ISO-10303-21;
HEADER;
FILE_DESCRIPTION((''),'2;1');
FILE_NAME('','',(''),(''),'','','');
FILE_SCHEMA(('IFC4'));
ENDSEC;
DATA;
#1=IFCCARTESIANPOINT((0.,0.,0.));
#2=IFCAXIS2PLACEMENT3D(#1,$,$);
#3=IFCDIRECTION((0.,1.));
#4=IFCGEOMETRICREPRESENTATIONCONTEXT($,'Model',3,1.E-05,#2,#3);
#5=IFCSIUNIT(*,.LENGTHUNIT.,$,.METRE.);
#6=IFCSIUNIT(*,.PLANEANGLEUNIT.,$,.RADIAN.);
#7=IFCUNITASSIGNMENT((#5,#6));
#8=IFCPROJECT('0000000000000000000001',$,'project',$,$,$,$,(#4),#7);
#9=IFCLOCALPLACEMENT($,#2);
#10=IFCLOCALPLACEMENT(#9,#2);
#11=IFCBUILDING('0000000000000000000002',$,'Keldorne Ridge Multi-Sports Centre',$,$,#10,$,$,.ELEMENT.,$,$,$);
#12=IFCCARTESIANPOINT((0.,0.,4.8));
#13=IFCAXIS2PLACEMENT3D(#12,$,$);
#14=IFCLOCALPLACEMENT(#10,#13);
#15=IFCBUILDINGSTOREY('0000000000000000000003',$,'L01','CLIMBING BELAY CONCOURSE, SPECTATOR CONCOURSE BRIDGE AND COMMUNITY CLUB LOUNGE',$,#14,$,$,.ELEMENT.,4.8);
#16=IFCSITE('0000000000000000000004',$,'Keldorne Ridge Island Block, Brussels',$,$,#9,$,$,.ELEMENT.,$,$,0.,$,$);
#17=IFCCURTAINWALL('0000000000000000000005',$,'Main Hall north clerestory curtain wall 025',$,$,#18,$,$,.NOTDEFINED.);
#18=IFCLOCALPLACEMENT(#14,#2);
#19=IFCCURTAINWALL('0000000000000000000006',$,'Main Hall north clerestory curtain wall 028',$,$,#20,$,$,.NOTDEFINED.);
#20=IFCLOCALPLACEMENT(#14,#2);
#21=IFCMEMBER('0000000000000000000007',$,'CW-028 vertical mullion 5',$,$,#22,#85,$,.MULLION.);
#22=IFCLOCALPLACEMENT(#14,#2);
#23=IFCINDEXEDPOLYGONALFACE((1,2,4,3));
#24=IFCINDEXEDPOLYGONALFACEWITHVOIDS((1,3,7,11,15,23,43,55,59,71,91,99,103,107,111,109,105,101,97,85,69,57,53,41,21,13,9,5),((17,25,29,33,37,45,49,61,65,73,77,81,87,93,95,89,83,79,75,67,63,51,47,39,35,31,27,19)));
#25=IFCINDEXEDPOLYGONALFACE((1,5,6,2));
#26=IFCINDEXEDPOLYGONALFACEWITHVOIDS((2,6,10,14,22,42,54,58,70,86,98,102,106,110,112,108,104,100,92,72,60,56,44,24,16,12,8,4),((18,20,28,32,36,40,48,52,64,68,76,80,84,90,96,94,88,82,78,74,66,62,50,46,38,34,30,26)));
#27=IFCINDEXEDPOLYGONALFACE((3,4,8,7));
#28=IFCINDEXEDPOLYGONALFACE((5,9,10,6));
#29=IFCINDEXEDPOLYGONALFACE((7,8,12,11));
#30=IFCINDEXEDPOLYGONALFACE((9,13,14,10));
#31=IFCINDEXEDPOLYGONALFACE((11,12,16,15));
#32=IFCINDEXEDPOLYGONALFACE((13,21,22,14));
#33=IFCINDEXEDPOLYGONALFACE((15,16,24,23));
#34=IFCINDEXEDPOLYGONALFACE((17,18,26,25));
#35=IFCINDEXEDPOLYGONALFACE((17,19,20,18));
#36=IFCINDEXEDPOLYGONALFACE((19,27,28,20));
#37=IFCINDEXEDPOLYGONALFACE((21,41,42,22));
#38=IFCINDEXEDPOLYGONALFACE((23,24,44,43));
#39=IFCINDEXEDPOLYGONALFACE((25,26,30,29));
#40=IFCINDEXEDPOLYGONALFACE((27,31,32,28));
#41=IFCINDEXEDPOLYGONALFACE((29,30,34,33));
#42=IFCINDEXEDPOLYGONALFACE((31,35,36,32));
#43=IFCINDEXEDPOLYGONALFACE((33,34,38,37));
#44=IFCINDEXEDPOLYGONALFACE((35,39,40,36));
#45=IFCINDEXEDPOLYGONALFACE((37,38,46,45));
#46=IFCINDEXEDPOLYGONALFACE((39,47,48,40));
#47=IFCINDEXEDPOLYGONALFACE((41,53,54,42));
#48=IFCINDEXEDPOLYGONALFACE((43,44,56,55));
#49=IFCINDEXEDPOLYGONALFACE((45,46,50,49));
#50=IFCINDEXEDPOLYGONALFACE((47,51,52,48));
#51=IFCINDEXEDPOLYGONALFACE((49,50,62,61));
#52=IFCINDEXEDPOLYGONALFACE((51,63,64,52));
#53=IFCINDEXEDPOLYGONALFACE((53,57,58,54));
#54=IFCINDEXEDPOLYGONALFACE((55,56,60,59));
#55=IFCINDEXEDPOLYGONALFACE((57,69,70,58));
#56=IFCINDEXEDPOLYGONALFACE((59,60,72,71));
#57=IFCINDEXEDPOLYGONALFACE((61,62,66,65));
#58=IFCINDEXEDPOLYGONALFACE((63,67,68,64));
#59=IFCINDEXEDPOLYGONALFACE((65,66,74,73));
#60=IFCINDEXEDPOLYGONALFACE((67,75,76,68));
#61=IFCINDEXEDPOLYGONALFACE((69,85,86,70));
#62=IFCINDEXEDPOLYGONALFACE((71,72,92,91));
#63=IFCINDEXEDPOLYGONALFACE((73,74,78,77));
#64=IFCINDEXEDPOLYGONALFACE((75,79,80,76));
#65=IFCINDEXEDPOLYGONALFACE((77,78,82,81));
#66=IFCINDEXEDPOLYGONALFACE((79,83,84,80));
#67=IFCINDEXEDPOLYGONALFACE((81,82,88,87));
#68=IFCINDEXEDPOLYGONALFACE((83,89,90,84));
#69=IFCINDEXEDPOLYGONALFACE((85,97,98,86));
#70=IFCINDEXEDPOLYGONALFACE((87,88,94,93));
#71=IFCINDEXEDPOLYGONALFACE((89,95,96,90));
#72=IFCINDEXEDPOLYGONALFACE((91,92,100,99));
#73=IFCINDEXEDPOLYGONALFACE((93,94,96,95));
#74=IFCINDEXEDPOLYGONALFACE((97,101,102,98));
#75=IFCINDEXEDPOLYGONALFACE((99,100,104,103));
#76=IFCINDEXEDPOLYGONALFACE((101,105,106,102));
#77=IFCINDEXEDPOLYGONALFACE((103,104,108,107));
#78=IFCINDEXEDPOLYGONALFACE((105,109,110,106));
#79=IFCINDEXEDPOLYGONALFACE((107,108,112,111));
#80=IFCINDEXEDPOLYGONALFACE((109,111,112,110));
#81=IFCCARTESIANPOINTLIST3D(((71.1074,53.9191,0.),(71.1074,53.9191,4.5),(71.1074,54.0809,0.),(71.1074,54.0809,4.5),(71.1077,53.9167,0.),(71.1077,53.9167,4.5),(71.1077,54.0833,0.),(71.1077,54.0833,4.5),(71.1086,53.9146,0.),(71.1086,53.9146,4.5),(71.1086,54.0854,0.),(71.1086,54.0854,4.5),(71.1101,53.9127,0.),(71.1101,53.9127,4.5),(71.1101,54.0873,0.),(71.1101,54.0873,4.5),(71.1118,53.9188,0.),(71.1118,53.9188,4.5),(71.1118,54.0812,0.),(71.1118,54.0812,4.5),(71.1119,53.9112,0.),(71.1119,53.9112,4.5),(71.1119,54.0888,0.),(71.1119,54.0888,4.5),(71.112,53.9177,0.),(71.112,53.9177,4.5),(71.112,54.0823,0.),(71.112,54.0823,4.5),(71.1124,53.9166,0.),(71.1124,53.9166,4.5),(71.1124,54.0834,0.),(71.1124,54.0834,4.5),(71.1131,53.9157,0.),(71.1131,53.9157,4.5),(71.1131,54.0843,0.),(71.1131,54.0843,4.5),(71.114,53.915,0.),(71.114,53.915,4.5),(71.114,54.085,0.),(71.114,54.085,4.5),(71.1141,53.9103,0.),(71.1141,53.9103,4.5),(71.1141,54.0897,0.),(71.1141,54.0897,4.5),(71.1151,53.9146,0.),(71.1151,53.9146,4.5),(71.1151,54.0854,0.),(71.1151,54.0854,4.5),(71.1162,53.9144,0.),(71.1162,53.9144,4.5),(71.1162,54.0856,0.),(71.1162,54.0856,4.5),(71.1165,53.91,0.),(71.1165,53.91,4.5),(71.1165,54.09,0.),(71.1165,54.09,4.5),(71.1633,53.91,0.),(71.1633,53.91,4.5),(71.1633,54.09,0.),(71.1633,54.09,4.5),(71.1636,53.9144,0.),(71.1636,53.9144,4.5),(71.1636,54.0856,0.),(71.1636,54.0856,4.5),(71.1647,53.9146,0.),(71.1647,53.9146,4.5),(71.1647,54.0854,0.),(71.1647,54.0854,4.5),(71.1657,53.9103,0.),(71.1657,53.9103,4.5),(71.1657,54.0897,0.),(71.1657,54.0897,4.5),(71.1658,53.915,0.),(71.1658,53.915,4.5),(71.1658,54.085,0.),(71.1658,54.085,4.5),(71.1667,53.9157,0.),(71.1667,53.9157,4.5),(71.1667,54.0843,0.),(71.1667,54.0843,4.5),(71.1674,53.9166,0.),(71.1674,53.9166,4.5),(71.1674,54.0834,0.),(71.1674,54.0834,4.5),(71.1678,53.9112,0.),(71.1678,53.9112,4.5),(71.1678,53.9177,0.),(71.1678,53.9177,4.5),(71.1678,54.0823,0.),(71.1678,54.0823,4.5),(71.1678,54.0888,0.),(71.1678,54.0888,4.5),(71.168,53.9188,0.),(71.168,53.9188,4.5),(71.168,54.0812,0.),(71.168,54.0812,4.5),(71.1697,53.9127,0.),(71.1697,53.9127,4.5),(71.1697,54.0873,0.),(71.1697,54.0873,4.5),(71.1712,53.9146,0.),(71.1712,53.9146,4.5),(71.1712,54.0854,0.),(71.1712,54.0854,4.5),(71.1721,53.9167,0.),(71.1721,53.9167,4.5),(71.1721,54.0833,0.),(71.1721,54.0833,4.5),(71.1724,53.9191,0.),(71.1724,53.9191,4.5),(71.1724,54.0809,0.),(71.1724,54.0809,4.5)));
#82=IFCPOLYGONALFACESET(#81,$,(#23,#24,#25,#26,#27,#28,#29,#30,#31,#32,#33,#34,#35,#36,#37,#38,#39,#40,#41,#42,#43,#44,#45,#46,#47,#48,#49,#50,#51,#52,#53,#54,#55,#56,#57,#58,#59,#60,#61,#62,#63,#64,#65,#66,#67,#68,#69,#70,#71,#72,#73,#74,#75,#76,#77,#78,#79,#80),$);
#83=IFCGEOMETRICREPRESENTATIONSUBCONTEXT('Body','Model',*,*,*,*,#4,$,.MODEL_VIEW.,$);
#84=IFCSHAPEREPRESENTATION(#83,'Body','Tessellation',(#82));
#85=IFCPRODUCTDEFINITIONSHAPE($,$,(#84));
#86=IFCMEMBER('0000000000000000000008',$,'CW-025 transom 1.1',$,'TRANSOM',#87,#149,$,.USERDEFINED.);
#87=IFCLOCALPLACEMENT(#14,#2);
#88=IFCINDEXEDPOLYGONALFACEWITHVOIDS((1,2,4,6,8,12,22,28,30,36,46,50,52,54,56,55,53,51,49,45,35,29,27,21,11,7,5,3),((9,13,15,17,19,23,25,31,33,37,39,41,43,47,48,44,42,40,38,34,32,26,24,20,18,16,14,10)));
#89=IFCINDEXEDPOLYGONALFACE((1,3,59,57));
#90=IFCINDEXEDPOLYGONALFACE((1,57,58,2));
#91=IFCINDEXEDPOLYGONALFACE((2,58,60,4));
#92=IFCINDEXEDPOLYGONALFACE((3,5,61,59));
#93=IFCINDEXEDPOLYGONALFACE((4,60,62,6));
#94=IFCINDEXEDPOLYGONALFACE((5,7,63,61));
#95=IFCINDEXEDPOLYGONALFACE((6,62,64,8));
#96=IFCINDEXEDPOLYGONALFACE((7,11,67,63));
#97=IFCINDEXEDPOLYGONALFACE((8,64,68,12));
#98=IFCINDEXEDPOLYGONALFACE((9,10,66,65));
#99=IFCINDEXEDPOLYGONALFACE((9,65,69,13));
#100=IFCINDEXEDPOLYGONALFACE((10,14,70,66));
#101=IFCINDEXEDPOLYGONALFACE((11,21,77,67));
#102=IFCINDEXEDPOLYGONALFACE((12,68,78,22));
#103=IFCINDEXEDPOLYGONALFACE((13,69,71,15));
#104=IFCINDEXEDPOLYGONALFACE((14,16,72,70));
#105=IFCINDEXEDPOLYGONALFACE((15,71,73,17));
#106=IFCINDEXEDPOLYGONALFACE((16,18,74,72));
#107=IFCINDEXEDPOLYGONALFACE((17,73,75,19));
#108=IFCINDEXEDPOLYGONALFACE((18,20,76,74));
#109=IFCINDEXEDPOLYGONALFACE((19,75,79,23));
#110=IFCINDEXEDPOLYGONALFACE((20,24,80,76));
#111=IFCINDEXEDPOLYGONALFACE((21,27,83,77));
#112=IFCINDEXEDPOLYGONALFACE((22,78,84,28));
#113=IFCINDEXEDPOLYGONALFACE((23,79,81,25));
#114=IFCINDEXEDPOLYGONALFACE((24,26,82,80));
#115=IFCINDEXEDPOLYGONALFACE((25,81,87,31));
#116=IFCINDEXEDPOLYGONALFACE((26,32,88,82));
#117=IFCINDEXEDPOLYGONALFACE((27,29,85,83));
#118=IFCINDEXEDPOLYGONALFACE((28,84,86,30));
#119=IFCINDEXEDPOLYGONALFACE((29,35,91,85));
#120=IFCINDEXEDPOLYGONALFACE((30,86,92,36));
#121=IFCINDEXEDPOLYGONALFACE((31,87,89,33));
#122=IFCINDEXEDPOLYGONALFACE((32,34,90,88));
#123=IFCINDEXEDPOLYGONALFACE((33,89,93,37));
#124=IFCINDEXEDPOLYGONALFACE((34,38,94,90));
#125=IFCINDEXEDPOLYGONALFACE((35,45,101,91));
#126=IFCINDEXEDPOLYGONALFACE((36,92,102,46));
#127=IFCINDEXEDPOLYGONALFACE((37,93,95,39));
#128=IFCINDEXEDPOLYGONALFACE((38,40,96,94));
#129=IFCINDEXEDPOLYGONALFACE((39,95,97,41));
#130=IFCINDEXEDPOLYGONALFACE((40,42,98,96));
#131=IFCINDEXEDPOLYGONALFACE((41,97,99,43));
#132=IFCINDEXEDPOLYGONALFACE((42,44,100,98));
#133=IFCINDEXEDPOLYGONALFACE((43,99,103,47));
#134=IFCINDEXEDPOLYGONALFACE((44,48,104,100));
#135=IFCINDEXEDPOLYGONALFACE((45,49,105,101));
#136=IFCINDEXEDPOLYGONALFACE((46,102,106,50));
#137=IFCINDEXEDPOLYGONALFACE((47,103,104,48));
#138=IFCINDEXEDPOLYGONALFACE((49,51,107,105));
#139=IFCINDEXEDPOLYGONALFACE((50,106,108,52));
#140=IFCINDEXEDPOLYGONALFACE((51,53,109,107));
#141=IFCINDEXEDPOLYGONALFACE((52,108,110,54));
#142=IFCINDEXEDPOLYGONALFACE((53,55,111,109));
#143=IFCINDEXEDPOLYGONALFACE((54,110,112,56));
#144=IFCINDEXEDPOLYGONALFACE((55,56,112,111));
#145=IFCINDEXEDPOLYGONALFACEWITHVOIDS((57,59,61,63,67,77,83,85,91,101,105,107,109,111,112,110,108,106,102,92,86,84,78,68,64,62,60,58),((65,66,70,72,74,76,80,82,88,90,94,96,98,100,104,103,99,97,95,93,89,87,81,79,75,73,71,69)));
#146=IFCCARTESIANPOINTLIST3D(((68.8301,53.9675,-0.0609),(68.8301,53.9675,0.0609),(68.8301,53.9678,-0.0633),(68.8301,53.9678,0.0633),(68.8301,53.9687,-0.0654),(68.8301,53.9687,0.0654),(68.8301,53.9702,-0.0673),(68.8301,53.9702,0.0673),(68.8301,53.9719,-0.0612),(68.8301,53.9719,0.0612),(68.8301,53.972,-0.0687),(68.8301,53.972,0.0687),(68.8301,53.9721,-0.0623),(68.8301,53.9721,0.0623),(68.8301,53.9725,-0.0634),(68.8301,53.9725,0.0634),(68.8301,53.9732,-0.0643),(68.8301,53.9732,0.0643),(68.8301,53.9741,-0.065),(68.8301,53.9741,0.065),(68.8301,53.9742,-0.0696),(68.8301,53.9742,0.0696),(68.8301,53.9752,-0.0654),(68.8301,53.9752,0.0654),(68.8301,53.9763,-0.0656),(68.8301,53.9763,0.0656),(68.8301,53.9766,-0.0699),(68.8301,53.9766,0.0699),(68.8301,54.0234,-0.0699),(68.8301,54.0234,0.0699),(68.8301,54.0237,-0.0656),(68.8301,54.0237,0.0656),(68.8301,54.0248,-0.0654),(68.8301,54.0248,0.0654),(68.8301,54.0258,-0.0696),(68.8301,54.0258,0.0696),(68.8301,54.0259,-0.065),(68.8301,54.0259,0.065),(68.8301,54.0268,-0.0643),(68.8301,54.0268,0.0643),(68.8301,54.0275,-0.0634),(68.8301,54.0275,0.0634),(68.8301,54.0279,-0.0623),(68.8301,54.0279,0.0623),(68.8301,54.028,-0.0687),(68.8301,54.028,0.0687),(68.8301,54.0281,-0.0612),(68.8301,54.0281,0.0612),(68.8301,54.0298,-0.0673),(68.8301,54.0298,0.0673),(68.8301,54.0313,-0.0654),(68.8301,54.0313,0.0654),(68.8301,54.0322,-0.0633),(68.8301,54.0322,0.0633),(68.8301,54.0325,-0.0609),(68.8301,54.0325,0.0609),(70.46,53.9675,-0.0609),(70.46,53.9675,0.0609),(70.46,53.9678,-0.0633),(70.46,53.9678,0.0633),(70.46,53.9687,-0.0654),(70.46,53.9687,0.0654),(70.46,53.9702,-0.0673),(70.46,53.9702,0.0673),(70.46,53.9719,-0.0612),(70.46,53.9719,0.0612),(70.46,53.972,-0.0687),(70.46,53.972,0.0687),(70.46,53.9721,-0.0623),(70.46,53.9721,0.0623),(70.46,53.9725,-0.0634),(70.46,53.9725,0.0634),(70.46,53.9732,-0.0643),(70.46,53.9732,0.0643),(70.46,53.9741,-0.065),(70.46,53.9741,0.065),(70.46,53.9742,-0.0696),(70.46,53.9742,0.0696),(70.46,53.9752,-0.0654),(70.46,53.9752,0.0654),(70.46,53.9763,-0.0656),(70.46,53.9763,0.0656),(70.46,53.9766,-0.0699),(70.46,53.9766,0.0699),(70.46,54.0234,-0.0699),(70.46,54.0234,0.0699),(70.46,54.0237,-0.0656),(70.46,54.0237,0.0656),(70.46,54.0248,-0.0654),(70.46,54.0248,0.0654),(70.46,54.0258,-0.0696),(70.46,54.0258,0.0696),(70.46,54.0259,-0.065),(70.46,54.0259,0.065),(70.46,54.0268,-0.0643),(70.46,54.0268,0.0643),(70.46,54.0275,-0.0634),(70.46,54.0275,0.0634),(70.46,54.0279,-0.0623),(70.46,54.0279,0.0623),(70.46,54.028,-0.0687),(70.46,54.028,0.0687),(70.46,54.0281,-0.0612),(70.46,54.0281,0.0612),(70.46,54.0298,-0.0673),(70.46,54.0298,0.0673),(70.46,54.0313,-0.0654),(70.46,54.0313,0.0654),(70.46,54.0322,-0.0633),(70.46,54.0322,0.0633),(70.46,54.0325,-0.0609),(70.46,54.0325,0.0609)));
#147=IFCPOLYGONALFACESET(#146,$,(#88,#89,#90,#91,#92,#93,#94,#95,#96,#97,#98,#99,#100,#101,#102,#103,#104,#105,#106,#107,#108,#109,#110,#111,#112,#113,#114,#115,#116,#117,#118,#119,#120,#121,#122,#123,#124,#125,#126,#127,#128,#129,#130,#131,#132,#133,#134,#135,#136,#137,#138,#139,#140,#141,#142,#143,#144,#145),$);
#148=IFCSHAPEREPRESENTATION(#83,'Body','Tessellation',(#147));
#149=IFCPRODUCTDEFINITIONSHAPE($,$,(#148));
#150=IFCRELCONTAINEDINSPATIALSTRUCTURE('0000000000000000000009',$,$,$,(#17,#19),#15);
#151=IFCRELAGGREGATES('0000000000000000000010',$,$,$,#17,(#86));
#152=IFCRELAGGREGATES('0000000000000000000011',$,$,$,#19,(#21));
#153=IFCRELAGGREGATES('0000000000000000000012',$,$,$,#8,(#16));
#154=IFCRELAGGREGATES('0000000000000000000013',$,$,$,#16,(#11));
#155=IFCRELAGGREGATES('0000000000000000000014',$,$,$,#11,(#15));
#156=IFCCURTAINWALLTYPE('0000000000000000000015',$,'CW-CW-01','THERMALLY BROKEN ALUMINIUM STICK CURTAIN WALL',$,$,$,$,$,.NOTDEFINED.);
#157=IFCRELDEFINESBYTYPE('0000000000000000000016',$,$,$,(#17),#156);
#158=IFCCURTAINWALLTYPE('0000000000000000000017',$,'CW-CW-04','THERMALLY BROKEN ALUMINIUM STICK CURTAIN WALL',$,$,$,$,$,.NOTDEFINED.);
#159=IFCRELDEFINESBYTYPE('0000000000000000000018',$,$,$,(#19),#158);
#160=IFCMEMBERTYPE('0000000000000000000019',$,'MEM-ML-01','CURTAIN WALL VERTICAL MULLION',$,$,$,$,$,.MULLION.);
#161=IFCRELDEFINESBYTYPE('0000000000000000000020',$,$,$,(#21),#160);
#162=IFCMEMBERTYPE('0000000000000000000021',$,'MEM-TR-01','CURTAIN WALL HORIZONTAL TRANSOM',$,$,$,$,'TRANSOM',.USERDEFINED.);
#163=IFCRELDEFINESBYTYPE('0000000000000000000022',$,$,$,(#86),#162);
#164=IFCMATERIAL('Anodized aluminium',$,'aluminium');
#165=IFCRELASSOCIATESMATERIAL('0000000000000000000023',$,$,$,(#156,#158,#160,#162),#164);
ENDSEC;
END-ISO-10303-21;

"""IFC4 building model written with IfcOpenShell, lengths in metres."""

from ifc_helpers import new_model, si_unit, direction, frame, origin, origin_2d, place, context, subcontext, project, spatial, hollow_rectangle, extrude, material, material_profile, profile_set, type_object, element, aggregate, save


model = new_model("IFC4")

# Units and contexts
model_context = context("Model", 3, precision=1e-05, world=origin(), true_north=direction((0.0, 1.0)))
body_context = subcontext(model_context, "Body", "Model", "MODEL_VIEW")
ifc_project = project(units=[si_unit("LENGTHUNIT", "METRE"), si_unit("PLANEANGLEUNIT", "RADIAN")], contexts=[model_context])

# Site, building, storey
site_placement = place(None, origin())
site = spatial("IfcSite", under=ifc_project, at=site_placement, Name="Keldorne Ridge Island Block, Brussels", CompositionType="ELEMENT", RefElevation=0.0)
building_placement = place(site_placement, origin())
building = spatial("IfcBuilding", under=site, at=building_placement, Name="Keldorne Ridge Multi-Sports Centre", CompositionType="ELEMENT")
storey_placement = place(building_placement, frame((0.0, 0.0, 4.8)))
storey = spatial("IfcBuildingStorey", under=building, at=storey_placement, Name="L01", Description="CLIMBING BELAY CONCOURSE, SPECTATOR CONCOURSE BRIDGE AND COMMUNITY CLUB LOUNGE", CompositionType="ELEMENT", Elevation=4.8)

# Curtain walls, member
ifc_material_1 = material(Name="Anodized aluminium", Category="aluminium")
curtain_wall_type_1 = type_object("IfcCurtainWallType", Name="CW-CW-01", Description="THERMALLY BROKEN ALUMINIUM STICK CURTAIN WALL", PredefinedType="NOTDEFINED", material=ifc_material_1)
curtain_wall_1_placement = place(storey_placement, origin())
curtain_wall_1 = element("IfcCurtainWall", 1, at=curtain_wall_1_placement, inside=storey, type_object=curtain_wall_type_1, Name="Main Hall north clerestory curtain wall 025", PredefinedType="NOTDEFINED")
ifc_material_profile_1 = material_profile(ifc_material_1, hollow_rectangle(XDim=0.0649, YDim=0.1799, WallThickness=0.0044, InnerFilletRadius=0.0044, OuterFilletRadius=0.009, at=origin_2d()), Name="ALU MULLION 180x65x4.5")
ifc_profile_set_1 = profile_set([ifc_material_profile_1], Name="Anodized aluminium")
member_type_1 = type_object("IfcMemberType", Name="MEM-ML-01", Description="CURTAIN WALL VERTICAL MULLION", PredefinedType="MULLION", material=ifc_profile_set_1)
curtain_wall_type_2 = type_object("IfcCurtainWallType", Name="CW-CW-04", Description="THERMALLY BROKEN ALUMINIUM STICK CURTAIN WALL", PredefinedType="NOTDEFINED", material=ifc_material_1)
curtain_wall_2_placement = place(storey_placement, origin())
curtain_wall_2 = element("IfcCurtainWall", 2, at=curtain_wall_2_placement, inside=storey, type_object=curtain_wall_type_2, Name="Main Hall north clerestory curtain wall 028", PredefinedType="NOTDEFINED")
member_1_placement = place(storey_placement, frame((71.1399, 54.0, 0.0), z_axis=(0.0, 0.0, 1.0), x_axis=(1.0, 0.0, 0.0)))
member_1 = element("IfcMember", 3, at=member_1_placement, type_object=member_type_1, Name="CW-028 vertical mullion 5", PredefinedType="MULLION", context=body_context, shape_type="SweptSolid", body=[
    extrude(hollow_rectangle(XDim=0.0649, YDim=0.1799, WallThickness=0.0044, InnerFilletRadius=0.0044, OuterFilletRadius=0.009, at=origin_2d()), origin(), (0.0, 0.0, 1.0), 4.5),
])

# Member
ifc_material_profile_2 = material_profile(ifc_material_1, hollow_rectangle(XDim=0.0649, YDim=0.1399, WallThickness=0.0044, InnerFilletRadius=0.0044, OuterFilletRadius=0.009, at=origin_2d()), Name="ALU TRANSOM 140x65x4.5")
ifc_profile_set_2 = profile_set([ifc_material_profile_2], Name="Anodized aluminium")
member_type_2 = type_object("IfcMemberType", Name="MEM-TR-01", Description="CURTAIN WALL HORIZONTAL TRANSOM", ElementType="TRANSOM", PredefinedType="USERDEFINED", material=ifc_profile_set_2)
member_2_placement = place(storey_placement, frame((70.46, 54.0, 0.0), z_axis=(-1.0, 0.0, 0.0), x_axis=(0.0, -1.0, 0.0)))
member_2 = element("IfcMember", 4, at=member_2_placement, type_object=member_type_2, Name="CW-025 transom 1.1", ObjectType="TRANSOM", PredefinedType="USERDEFINED", context=body_context, shape_type="SweptSolid", body=[
    extrude(hollow_rectangle(XDim=0.0649, YDim=0.1399, WallThickness=0.0044, InnerFilletRadius=0.0044, OuterFilletRadius=0.009, at=origin_2d()), origin(), (0.0, 0.0, 1.0), 1.6299),
])

aggregate(curtain_wall_1, [member_2])
aggregate(curtain_wall_2, [member_1])

save(model, "model.ifc")
